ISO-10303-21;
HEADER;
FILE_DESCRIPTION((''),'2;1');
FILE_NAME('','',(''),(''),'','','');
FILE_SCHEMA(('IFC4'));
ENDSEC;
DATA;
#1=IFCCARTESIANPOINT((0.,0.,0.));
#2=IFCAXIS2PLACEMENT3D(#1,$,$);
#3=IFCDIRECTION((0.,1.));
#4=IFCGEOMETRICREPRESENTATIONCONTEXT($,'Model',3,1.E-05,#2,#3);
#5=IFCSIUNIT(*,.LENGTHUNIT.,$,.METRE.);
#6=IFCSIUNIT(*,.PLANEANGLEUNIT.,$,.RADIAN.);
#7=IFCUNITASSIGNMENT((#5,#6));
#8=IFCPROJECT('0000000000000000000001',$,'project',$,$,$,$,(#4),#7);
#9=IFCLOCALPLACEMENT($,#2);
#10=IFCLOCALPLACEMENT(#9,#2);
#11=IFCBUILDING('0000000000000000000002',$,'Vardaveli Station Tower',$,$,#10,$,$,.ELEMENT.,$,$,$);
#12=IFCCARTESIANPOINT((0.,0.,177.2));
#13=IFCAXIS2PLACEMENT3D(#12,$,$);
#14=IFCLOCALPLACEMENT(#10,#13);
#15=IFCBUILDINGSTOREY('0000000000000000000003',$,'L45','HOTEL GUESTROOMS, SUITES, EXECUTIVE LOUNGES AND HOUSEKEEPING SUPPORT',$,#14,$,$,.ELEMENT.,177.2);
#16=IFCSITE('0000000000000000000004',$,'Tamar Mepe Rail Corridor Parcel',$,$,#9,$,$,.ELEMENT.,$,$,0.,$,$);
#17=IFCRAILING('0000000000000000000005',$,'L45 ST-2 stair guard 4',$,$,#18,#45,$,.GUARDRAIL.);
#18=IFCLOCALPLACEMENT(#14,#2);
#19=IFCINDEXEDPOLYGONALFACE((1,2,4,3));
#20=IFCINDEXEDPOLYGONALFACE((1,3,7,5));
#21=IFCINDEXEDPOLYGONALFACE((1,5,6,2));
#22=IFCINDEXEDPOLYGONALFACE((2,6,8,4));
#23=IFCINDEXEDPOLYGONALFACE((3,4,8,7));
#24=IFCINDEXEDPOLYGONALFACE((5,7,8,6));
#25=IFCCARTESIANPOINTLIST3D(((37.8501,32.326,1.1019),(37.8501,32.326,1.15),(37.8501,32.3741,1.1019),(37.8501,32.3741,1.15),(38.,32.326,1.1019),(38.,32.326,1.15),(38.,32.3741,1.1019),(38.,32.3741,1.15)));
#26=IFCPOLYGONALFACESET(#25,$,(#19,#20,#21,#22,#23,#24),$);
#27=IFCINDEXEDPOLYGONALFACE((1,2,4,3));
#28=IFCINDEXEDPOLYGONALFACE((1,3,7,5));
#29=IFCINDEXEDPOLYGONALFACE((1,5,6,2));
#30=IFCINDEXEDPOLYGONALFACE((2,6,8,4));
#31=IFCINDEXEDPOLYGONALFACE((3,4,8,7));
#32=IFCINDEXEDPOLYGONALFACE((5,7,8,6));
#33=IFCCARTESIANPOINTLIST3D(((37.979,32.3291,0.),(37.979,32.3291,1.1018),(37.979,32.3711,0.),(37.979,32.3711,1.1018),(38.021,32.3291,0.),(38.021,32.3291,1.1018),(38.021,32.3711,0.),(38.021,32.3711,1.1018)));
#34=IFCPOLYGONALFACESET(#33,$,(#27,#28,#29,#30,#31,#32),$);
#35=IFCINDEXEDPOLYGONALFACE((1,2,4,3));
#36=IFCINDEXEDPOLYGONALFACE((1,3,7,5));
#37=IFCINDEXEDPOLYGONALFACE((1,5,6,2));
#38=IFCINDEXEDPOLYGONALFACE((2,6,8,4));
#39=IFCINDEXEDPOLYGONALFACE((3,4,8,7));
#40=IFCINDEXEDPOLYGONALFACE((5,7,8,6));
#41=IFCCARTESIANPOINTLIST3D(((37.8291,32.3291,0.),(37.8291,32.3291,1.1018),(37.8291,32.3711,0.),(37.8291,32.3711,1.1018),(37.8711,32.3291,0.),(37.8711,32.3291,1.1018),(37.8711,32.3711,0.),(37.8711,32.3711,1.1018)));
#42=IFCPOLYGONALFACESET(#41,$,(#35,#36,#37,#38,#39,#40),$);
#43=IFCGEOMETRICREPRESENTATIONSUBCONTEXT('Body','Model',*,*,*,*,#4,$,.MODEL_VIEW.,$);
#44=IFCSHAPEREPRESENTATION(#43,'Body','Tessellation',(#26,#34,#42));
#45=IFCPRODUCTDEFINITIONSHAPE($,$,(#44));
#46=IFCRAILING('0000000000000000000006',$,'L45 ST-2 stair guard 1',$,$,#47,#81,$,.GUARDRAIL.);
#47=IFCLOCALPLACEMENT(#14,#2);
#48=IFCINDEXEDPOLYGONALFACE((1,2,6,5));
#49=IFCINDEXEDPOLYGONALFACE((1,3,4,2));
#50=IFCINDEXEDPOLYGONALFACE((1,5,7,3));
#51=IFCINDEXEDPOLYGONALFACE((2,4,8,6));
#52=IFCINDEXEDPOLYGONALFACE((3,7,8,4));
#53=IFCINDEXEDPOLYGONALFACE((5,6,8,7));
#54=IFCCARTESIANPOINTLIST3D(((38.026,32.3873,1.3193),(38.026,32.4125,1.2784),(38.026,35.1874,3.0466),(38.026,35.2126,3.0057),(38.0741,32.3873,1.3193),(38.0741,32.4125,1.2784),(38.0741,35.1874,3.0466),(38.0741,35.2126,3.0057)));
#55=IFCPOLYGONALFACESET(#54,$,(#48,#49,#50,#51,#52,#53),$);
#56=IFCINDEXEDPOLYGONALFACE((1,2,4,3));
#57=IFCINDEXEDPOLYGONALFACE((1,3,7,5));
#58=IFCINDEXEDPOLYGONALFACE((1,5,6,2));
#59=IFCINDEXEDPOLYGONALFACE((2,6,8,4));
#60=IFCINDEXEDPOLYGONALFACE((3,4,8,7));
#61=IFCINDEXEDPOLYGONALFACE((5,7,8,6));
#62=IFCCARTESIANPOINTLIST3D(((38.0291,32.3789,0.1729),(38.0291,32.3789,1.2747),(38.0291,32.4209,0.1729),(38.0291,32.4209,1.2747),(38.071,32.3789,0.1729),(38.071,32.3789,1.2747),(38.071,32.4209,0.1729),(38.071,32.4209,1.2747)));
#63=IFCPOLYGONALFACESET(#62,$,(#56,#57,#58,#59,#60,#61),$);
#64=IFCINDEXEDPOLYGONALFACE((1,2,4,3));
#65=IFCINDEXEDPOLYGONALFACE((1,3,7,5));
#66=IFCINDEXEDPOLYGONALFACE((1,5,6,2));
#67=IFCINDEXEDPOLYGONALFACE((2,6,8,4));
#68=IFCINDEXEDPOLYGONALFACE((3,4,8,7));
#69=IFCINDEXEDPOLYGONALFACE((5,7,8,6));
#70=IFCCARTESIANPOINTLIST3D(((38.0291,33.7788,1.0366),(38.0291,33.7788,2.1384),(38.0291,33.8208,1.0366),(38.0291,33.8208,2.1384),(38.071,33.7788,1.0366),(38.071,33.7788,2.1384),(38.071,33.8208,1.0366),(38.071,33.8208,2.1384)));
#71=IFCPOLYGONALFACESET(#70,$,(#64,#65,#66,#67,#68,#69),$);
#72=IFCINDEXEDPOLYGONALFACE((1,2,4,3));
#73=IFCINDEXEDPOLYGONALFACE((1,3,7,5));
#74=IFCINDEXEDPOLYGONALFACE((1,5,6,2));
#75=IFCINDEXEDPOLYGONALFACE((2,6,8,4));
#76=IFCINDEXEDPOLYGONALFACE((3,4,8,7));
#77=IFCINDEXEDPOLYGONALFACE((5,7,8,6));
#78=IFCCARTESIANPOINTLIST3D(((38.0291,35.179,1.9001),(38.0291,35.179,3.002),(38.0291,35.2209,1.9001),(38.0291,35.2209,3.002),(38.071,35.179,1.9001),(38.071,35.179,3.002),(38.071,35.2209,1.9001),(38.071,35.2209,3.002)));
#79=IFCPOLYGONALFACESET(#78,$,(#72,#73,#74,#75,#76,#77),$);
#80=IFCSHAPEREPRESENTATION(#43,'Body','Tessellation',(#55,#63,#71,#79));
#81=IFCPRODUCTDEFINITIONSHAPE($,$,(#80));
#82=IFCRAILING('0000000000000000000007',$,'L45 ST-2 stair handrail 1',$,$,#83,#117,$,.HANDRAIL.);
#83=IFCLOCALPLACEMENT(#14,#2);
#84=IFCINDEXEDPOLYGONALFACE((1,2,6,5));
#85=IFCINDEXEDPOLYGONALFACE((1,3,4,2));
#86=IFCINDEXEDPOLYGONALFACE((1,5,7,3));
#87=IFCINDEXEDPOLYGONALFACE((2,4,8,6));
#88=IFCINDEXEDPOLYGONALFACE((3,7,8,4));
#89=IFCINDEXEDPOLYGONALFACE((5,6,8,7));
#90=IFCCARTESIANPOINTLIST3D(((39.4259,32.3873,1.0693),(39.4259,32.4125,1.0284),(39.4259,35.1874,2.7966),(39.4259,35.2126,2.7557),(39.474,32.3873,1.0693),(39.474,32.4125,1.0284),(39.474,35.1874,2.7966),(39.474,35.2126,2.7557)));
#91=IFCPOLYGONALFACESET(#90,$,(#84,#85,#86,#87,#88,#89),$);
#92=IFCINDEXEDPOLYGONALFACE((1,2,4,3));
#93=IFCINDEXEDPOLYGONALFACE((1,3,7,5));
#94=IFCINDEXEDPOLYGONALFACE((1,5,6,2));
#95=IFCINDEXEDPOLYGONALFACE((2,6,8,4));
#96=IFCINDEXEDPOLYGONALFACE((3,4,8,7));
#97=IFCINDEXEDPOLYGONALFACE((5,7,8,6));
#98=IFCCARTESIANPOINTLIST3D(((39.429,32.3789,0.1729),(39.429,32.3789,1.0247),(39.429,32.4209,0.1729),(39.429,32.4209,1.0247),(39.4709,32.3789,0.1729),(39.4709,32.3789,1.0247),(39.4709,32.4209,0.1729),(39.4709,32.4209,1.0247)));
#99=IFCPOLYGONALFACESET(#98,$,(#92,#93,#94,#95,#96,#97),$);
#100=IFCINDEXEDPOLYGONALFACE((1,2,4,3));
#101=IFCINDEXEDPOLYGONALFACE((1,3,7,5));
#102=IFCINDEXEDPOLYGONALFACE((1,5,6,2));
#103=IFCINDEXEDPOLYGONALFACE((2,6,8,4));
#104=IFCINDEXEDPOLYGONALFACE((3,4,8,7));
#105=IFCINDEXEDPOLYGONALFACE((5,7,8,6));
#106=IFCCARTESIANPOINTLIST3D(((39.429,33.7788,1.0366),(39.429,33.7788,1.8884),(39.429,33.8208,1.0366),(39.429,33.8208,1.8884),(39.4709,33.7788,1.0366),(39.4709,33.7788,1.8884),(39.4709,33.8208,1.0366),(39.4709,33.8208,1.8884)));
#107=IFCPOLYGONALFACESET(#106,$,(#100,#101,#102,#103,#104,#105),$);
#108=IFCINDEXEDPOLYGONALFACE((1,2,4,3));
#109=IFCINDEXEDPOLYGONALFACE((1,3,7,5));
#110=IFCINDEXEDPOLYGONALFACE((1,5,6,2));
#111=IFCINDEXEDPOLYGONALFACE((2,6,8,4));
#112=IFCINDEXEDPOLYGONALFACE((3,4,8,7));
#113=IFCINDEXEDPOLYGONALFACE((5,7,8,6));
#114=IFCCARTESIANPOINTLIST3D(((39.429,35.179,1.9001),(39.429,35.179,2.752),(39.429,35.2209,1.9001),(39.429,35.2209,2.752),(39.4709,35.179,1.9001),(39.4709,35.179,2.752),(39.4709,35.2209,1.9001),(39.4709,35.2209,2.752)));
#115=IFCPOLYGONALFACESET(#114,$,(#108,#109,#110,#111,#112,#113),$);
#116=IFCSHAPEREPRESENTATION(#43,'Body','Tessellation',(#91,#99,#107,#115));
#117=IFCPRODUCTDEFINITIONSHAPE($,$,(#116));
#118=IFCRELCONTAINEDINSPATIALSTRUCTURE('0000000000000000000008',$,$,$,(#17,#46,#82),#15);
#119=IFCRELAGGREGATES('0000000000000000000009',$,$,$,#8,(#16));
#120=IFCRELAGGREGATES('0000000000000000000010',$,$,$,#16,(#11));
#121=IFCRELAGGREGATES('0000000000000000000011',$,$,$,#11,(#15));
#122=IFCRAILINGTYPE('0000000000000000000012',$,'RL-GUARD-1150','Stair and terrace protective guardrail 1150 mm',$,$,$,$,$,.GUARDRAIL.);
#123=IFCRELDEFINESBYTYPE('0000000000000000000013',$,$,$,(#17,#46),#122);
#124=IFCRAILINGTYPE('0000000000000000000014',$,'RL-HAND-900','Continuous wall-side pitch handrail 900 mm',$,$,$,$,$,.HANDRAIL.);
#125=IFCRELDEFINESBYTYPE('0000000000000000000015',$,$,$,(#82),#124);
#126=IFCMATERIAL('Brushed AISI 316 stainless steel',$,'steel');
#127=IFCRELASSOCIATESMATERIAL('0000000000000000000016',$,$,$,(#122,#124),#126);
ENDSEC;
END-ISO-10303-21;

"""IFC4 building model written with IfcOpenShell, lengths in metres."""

from ifc_helpers import new_model, si_unit, direction, frame, origin, origin_2d, place, context, subcontext, project, spatial, rectangle, extrude, source, transform, mapped, material, type_object, element, save


model = new_model("IFC4")

# Units and contexts
model_context = context("Model", 3, precision=1e-05, world=origin(), true_north=direction((0.0, 1.0)))
body_context = subcontext(model_context, "Body", "Model", "MODEL_VIEW")
ifc_project = project(units=[si_unit("LENGTHUNIT", "METRE"), si_unit("PLANEANGLEUNIT", "RADIAN")], contexts=[model_context])

# Site, building, storey
site_placement = place(None, origin())
site = spatial("IfcSite", under=ifc_project, at=site_placement, Name="Tamar Mepe Rail Corridor Parcel", CompositionType="ELEMENT", RefElevation=0.0)
building_placement = place(site_placement, origin())
building = spatial("IfcBuilding", under=site, at=building_placement, Name="Vardaveli Station Tower", CompositionType="ELEMENT")
storey_placement = place(building_placement, frame((0.0, 0.0, 177.2)))
storey = spatial("IfcBuildingStorey", under=building, at=storey_placement, Name="L45", Description="HOTEL GUESTROOMS, SUITES, EXECUTIVE LOUNGES AND HOUSEKEEPING SUPPORT", CompositionType="ELEMENT", Elevation=177.2)

# Railings
ifc_material_1 = material(Name="Brushed AISI 316 stainless steel", Category="steel")
railing_type_1 = type_object("IfcRailingType", Name="RL-GUARD-1150", Description="Stair and terrace protective guardrail 1150 mm", PredefinedType="GUARDRAIL", material=ifc_material_1)
shared_shape_1 = source(origin(), body_context, "Body", "SweptSolid", [
    extrude(rectangle(XDim=0.0481, YDim=0.0481, at=origin_2d()), frame((0.0, 0.0, 1.126), z_axis=(-1.0, 0.0, 0.0), x_axis=(0.0, -1.0, 0.0)), (0.0, 0.0, 1.0), 0.1499),
    extrude(rectangle(XDim=0.042, YDim=0.042, at=origin_2d()), origin(), (0.0, 0.0, 1.0), 1.1018),
    extrude(rectangle(XDim=0.042, YDim=0.042, at=origin_2d()), frame((-0.1499, 0.0, 0.0)), (0.0, 0.0, 1.0), 1.1018),
])
railing_1_placement = place(storey_placement, frame((38.0, 32.3501, 0.0)))
element("IfcRailing", 1, at=railing_1_placement, inside=storey, type_object=railing_type_1, Name="L45 ST-2 stair guard 4", PredefinedType="GUARDRAIL", context=body_context, shape_type="MappedRepresentation", body=[
    mapped(shared_shape_1, transform((0.0, 0.0, 0.0), scale=1.0)),
])
shared_shape_2 = source(origin(), body_context, "Body", "SweptSolid", [
    extrude(rectangle(XDim=0.0481, YDim=0.0481, at=origin_2d()), frame((0.0, 0.0, 1.126), z_axis=(0.0, 0.85109, 0.52502), x_axis=(-1.0, 0.0, 0.0)), (0.0, 0.0, 1.0), 3.29),
    extrude(rectangle(XDim=0.042, YDim=0.042, at=origin_2d()), origin(), (0.0, 0.0, 1.0), 1.1018),
    extrude(rectangle(XDim=0.042, YDim=0.042, at=origin_2d()), frame((0.0, 1.3999, 0.8638)), (0.0, 0.0, 1.0), 1.1018),
    extrude(rectangle(XDim=0.042, YDim=0.042, at=origin_2d()), frame((0.0, 2.8, 1.7273)), (0.0, 0.0, 1.0), 1.1018),
])
railing_2_placement = place(storey_placement, frame((38.05, 32.3999, 0.1729)))
element("IfcRailing", 2, at=railing_2_placement, inside=storey, type_object=railing_type_1, Name="L45 ST-2 stair guard 1", PredefinedType="GUARDRAIL", context=body_context, shape_type="MappedRepresentation", body=[
    mapped(shared_shape_2, transform((0.0, 0.0, 0.0), scale=1.0)),
])
railing_type_2 = type_object("IfcRailingType", Name="RL-HAND-900", Description="Continuous wall-side pitch handrail 900 mm", PredefinedType="HANDRAIL", material=ifc_material_1)
shared_shape_3 = source(origin(), body_context, "Body", "SweptSolid", [
    extrude(rectangle(XDim=0.0481, YDim=0.0481, at=origin_2d()), frame((0.0, 0.0, 0.876), z_axis=(0.0, 0.85109, 0.52502), x_axis=(-1.0, 0.0, 0.0)), (0.0, 0.0, 1.0), 3.29),
    extrude(rectangle(XDim=0.042, YDim=0.042, at=origin_2d()), origin(), (0.0, 0.0, 1.0), 0.8518),
    extrude(rectangle(XDim=0.042, YDim=0.042, at=origin_2d()), frame((0.0, 1.3999, 0.8638)), (0.0, 0.0, 1.0), 0.8518),
    extrude(rectangle(XDim=0.042, YDim=0.042, at=origin_2d()), frame((0.0, 2.8, 1.7273)), (0.0, 0.0, 1.0), 0.8518),
])
railing_3_placement = place(storey_placement, frame((39.45, 32.3999, 0.1729)))
element("IfcRailing", 3, at=railing_3_placement, inside=storey, type_object=railing_type_2, Name="L45 ST-2 stair handrail 1", PredefinedType="HANDRAIL", context=body_context, shape_type="MappedRepresentation", body=[
    mapped(shared_shape_3, transform((0.0, 0.0, 0.0), scale=1.0)),
])

save(model, "model.ifc")
